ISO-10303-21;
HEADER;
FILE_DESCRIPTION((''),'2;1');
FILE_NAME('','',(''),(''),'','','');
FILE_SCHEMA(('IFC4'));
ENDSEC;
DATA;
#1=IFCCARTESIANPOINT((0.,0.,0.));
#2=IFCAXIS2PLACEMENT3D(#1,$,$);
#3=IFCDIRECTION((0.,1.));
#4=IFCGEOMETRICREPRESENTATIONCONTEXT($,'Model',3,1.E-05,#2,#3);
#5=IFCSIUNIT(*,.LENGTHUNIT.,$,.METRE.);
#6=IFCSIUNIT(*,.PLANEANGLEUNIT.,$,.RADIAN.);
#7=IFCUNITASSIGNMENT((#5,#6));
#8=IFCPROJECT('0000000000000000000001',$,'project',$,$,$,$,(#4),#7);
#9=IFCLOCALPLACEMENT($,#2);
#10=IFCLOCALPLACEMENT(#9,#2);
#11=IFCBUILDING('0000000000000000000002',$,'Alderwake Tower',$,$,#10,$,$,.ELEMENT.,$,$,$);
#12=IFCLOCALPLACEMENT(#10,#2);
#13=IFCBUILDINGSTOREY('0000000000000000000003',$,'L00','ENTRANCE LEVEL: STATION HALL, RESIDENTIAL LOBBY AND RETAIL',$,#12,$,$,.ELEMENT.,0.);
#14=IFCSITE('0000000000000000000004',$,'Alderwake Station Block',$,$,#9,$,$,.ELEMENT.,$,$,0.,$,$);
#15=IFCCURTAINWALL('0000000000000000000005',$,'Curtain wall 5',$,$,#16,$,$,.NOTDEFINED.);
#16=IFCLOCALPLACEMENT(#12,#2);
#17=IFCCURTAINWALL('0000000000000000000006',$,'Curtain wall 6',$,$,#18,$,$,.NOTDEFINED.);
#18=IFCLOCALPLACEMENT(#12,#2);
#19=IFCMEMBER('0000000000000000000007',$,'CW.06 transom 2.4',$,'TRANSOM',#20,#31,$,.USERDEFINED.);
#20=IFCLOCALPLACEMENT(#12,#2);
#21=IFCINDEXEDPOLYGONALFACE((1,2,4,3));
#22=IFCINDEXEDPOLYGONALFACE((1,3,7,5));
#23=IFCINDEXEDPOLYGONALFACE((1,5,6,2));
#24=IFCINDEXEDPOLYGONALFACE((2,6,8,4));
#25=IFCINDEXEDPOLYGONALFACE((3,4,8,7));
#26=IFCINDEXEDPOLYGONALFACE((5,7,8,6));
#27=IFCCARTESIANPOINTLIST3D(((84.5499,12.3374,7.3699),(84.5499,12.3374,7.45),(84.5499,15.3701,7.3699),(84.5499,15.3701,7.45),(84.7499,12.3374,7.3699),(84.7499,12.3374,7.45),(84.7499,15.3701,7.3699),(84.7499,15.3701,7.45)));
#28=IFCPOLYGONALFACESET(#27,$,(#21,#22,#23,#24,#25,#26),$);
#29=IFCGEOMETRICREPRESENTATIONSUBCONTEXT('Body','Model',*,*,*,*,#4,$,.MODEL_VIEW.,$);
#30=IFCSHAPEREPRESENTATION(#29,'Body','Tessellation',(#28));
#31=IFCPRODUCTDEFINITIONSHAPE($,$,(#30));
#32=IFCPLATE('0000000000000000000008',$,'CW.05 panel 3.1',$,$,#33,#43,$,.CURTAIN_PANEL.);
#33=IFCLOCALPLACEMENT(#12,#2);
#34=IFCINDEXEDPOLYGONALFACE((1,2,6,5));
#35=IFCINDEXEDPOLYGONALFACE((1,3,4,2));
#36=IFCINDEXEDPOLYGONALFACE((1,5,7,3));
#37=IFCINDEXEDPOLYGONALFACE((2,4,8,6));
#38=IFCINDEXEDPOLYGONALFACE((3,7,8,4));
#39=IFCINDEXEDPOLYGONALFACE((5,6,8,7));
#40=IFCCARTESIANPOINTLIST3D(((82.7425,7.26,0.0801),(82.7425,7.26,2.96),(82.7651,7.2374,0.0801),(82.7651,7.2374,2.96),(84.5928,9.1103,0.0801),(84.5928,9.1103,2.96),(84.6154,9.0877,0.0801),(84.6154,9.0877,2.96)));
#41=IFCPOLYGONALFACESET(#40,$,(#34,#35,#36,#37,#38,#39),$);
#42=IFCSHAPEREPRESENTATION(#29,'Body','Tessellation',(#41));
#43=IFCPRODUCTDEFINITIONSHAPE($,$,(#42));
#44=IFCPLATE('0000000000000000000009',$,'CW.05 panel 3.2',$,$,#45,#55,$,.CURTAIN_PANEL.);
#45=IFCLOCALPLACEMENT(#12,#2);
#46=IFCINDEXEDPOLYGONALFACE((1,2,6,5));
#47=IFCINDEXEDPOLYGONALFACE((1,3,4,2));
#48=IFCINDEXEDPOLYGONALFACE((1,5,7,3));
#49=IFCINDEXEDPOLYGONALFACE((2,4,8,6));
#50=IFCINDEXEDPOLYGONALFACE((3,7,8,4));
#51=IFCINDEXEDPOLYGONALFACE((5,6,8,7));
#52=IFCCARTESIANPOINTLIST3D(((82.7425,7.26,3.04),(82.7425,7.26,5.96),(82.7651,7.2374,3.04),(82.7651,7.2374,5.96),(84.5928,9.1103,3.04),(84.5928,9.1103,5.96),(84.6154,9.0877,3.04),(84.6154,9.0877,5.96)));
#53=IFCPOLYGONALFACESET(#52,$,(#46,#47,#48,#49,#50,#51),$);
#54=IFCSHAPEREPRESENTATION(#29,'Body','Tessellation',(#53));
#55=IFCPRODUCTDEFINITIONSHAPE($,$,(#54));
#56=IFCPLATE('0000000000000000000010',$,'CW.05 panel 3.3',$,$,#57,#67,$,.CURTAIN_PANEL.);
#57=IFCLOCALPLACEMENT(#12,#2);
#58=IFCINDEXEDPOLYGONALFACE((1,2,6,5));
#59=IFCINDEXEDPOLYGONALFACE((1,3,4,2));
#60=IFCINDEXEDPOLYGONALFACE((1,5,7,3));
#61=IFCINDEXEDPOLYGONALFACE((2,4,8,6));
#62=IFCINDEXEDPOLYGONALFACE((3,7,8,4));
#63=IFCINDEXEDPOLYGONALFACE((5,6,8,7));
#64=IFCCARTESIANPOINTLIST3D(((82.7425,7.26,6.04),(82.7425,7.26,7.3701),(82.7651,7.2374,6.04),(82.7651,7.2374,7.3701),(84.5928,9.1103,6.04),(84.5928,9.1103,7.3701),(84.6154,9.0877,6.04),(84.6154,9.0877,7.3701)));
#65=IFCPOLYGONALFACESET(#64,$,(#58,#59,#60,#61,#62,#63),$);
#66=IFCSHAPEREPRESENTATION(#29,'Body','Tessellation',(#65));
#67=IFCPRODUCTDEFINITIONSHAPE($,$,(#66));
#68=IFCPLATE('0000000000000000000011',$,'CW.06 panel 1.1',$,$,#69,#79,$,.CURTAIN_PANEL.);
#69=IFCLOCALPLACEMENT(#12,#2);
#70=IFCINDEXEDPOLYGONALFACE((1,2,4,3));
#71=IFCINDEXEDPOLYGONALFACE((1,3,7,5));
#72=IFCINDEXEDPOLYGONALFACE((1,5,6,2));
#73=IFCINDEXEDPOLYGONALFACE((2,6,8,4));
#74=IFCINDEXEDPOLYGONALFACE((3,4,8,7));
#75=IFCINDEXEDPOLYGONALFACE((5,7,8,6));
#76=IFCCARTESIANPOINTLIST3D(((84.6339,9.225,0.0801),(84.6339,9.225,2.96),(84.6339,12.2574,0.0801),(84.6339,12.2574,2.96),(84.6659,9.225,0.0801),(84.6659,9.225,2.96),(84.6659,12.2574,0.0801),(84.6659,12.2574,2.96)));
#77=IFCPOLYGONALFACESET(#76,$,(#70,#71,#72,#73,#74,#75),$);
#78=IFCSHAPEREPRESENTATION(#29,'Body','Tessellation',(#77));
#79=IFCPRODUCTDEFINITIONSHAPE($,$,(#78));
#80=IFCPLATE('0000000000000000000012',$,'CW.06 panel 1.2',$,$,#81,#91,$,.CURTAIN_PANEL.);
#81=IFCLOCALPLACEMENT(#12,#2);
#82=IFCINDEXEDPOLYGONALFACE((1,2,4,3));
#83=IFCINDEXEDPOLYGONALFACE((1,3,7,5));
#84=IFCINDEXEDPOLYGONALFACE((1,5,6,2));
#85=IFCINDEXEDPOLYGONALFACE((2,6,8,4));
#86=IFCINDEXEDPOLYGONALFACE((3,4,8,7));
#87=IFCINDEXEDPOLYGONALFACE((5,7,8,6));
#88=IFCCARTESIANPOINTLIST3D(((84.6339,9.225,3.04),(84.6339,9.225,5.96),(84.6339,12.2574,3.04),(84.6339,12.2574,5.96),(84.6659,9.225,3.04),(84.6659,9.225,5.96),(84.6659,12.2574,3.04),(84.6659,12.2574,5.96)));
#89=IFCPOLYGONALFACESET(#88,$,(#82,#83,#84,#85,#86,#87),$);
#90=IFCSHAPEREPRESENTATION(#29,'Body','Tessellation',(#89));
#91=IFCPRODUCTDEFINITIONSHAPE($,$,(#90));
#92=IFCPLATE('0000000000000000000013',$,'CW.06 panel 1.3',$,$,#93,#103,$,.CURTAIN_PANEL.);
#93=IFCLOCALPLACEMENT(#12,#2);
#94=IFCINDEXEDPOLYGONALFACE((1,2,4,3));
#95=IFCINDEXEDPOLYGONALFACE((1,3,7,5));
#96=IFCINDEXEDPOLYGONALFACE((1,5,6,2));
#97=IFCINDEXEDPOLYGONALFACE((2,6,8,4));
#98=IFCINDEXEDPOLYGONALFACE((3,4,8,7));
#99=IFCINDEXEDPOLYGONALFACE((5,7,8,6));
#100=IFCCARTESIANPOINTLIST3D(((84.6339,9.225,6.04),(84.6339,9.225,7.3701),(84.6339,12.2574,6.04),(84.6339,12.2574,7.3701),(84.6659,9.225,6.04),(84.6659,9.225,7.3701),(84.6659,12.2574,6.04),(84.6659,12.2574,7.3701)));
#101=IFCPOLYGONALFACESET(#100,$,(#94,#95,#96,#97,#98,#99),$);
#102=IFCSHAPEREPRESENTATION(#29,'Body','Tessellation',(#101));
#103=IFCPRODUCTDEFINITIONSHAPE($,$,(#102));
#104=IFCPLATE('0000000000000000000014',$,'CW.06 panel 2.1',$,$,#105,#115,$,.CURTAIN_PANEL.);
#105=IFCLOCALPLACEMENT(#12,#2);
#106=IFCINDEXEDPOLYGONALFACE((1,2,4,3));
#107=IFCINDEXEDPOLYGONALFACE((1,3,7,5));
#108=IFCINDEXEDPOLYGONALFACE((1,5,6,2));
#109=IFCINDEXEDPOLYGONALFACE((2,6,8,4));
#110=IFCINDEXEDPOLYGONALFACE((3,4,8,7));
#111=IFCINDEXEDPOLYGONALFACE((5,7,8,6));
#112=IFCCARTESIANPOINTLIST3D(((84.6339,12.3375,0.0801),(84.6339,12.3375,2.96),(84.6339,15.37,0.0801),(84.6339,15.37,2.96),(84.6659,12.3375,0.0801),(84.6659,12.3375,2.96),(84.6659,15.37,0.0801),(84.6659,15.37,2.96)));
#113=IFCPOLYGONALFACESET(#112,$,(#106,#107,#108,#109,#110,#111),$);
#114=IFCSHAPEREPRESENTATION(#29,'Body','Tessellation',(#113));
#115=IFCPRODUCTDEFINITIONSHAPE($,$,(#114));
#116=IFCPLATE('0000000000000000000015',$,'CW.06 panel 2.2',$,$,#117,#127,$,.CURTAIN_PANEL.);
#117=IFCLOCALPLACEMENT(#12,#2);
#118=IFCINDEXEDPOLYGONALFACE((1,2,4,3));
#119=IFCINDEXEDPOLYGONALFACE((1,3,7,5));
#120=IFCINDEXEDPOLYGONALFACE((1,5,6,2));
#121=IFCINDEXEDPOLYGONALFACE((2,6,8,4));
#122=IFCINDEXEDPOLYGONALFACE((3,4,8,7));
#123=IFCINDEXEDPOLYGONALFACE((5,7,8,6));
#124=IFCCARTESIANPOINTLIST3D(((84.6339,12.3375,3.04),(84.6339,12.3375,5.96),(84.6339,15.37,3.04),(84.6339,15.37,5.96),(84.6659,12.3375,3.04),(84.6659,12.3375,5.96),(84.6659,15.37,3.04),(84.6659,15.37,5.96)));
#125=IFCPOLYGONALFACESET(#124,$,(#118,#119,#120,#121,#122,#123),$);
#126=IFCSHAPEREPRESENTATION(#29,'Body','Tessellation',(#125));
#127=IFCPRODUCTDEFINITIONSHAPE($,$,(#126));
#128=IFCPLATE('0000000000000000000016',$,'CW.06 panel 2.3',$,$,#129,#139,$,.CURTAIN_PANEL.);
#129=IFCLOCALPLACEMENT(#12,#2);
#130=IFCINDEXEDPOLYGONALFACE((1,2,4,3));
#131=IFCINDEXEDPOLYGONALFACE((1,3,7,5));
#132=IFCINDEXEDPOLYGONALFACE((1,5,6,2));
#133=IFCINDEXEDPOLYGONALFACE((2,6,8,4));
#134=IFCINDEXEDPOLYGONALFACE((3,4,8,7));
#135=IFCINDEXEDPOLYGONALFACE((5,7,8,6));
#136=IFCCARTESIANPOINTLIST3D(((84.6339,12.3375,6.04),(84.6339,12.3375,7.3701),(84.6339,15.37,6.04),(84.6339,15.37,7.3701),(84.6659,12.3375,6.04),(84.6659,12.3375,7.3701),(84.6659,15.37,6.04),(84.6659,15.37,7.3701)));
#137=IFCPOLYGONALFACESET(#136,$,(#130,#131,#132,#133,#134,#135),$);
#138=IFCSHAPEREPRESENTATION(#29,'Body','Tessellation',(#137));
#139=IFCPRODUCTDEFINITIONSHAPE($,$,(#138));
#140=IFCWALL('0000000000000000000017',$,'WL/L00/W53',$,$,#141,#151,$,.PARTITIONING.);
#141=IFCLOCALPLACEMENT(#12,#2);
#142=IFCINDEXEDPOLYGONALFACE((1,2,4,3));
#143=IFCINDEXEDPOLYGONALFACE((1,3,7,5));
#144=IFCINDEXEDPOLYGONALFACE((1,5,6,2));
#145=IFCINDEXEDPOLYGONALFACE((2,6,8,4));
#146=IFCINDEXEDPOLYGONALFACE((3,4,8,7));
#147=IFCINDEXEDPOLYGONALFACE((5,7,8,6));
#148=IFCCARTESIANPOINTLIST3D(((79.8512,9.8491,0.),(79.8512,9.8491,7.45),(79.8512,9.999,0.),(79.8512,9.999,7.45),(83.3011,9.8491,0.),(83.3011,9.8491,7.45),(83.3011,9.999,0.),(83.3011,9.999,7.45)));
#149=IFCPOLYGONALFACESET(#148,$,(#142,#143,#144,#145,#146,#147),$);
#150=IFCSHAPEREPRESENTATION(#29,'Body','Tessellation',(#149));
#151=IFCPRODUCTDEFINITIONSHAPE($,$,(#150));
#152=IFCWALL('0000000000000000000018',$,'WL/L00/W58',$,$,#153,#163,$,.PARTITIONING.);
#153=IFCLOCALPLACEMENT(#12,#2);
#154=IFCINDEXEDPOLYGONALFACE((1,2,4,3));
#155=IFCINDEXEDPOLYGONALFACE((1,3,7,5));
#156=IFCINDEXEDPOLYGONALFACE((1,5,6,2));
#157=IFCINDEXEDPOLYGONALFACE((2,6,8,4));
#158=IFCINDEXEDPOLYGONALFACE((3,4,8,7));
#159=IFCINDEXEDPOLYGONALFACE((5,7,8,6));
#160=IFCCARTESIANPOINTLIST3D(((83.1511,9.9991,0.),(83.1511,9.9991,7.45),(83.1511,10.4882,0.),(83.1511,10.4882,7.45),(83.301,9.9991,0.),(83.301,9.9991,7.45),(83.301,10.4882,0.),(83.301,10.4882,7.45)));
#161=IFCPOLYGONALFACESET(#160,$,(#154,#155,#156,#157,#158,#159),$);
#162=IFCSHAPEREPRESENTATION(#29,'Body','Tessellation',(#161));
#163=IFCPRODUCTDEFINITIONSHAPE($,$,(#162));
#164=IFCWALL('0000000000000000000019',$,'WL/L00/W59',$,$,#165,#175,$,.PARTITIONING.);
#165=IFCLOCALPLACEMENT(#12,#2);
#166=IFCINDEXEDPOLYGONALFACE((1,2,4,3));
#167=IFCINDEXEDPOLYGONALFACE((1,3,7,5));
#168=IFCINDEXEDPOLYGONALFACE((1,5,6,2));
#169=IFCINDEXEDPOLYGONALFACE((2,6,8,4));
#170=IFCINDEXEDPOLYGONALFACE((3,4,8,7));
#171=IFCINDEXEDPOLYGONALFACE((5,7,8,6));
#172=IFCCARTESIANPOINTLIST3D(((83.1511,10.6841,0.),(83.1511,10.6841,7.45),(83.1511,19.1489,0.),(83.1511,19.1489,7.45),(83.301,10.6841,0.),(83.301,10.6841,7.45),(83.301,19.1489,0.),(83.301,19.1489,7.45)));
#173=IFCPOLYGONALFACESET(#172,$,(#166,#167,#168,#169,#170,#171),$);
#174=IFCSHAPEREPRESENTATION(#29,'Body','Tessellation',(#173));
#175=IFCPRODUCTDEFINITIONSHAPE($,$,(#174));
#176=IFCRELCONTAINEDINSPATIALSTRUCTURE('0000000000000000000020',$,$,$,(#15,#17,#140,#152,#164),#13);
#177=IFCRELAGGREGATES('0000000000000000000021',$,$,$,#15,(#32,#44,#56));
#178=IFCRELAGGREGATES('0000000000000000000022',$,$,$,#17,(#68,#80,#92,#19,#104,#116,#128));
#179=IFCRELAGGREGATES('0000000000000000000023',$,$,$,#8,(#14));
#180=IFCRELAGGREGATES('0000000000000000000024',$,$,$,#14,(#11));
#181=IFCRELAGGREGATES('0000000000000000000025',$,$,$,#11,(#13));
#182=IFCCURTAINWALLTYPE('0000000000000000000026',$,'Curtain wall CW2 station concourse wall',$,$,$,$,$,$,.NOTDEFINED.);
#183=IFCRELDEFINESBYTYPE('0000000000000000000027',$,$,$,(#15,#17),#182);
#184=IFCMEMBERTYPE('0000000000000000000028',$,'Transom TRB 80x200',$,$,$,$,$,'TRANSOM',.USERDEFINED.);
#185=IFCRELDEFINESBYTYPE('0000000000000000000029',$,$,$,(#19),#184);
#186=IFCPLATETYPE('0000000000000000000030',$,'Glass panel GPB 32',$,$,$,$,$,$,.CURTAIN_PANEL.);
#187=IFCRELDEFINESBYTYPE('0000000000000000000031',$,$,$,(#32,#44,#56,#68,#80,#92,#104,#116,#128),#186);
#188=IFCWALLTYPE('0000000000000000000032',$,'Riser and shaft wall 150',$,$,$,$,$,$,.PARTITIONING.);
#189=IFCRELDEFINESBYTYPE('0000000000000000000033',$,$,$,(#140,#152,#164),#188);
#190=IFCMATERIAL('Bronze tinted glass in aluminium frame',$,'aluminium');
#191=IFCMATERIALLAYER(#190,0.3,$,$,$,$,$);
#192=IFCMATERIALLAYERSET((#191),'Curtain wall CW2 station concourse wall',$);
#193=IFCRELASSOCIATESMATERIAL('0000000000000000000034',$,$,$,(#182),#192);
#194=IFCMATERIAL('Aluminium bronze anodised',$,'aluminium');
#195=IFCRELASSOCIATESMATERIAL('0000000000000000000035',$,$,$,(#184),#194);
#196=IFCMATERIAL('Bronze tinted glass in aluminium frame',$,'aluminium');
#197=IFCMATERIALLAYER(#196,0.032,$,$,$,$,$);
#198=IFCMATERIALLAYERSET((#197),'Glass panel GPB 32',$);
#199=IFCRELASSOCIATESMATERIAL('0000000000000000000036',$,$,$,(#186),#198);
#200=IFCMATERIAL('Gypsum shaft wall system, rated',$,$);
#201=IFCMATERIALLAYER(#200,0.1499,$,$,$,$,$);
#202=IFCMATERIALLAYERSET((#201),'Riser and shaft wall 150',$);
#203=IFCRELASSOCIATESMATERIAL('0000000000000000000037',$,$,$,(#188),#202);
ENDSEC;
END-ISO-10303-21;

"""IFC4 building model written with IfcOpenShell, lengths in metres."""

from ifc_helpers import new_model, si_unit, direction, frame, frame_2d, origin, origin_2d, place, context, subcontext, project, spatial, rectangle, extrude, material, layer, layer_set, material_profile, profile_set, type_object, element, aggregate, save


model = new_model("IFC4")

# Units and contexts
model_context = context("Model", 3, precision=1e-05, world=origin(), true_north=direction((0.0, 1.0)))
body_context = subcontext(model_context, "Body", "Model", "MODEL_VIEW")
ifc_project = project(units=[si_unit("LENGTHUNIT", "METRE"), si_unit("PLANEANGLEUNIT", "RADIAN")], contexts=[model_context])

# Site, building, storey
site_placement = place(None, origin())
site = spatial("IfcSite", under=ifc_project, at=site_placement, Name="Alderwake Station Block", CompositionType="ELEMENT", RefElevation=0.0)
building_placement = place(site_placement, origin())
building = spatial("IfcBuilding", under=site, at=building_placement, Name="Alderwake Tower", CompositionType="ELEMENT")
storey_placement = place(building_placement, origin())
storey = spatial("IfcBuildingStorey", under=building, at=storey_placement, Name="L00", Description="ENTRANCE LEVEL: STATION HALL, RESIDENTIAL LOBBY AND RETAIL", CompositionType="ELEMENT", Elevation=0.0)

# Curtain wall
ifc_material_1 = material(Name="Bronze tinted glass in aluminium frame", Category="aluminium")
ifc_layer_1 = layer(ifc_material_1, 0.3)
ifc_layer_set_1 = layer_set([ifc_layer_1], Name="Curtain wall CW2 station concourse wall")
curtain_wall_type = type_object("IfcCurtainWallType", Name="Curtain wall CW2 station concourse wall", PredefinedType="NOTDEFINED", material=ifc_layer_set_1)
curtain_wall_1_placement = place(storey_placement, origin())
curtain_wall_1 = element("IfcCurtainWall", 1, at=curtain_wall_1_placement, inside=storey, type_object=curtain_wall_type, Name="Curtain wall 5", PredefinedType="NOTDEFINED")

# Curtain wall
curtain_wall_2_placement = place(storey_placement, origin())
curtain_wall_2 = element("IfcCurtainWall", 2, at=curtain_wall_2_placement, inside=storey, type_object=curtain_wall_type, Name="Curtain wall 6", PredefinedType="NOTDEFINED")

# Member
ifc_material_2 = material(Name="Aluminium bronze anodised", Category="aluminium")
ifc_material_profile_1 = material_profile(ifc_material_2, rectangle(XDim=0.2, YDim=0.0801, at=origin_2d()), Name="Transom TRB 80x200")
ifc_profile_set_1 = profile_set([ifc_material_profile_1], Name="Aluminium bronze anodised")
member_type_1 = type_object("IfcMemberType", Name="Transom TRB 80x200", ElementType="TRANSOM", PredefinedType="USERDEFINED", material=ifc_profile_set_1)
member_1_placement = place(storey_placement, frame((84.6499, 12.3374, 7.4099), z_axis=(0.0, 1.0, 0.0), x_axis=(-1.0, 0.0, 0.0)))
member_1 = element("IfcMember", 3, at=member_1_placement, type_object=member_type_1, Name="CW.06 transom 2.4", ObjectType="TRANSOM", PredefinedType="USERDEFINED", context=body_context, shape_type="SweptSolid", body=[
    extrude(rectangle(XDim=0.2, YDim=0.0801, at=origin_2d()), origin(), (0.0, 0.0, 1.0), 3.0327),
])

# Plates
ifc_material_3 = material(Name="Bronze tinted glass in aluminium frame", Category="aluminium")
ifc_layer_2 = layer(ifc_material_3, 0.032)
ifc_layer_set_2 = layer_set([ifc_layer_2], Name="Glass panel GPB 32")
plate_type = type_object("IfcPlateType", Name="Glass panel GPB 32", PredefinedType="CURTAIN_PANEL", material=ifc_layer_set_2)
plate_1_placement = place(storey_placement, frame((83.679, 8.1738, 0.0801), z_axis=(0.0, 0.0, 1.0), x_axis=(0.707107, 0.707107, 0.0)))
plate_1 = element("IfcPlate", 4, at=plate_1_placement, type_object=plate_type, Name="CW.05 panel 3.1", PredefinedType="CURTAIN_PANEL", context=body_context, shape_type="SweptSolid", body=[
    extrude(rectangle(XDim=2.6167, YDim=0.032, at=origin_2d()), origin(), (0.0, 0.0, 1.0), 2.8799),
])
plate_2_placement = place(storey_placement, frame((83.679, 8.1738, 3.04), z_axis=(0.0, 0.0, 1.0), x_axis=(0.707107, 0.707107, 0.0)))
plate_2 = element("IfcPlate", 5, at=plate_2_placement, type_object=plate_type, Name="CW.05 panel 3.2", PredefinedType="CURTAIN_PANEL", context=body_context, shape_type="SweptSolid", body=[
    extrude(rectangle(XDim=2.6167, YDim=0.032, at=origin_2d()), origin(), (0.0, 0.0, 1.0), 2.9199),
])
plate_3_placement = place(storey_placement, frame((83.679, 8.1738, 6.04), z_axis=(0.0, 0.0, 1.0), x_axis=(0.707107, 0.707107, 0.0)))
plate_3 = element("IfcPlate", 6, at=plate_3_placement, type_object=plate_type, Name="CW.05 panel 3.3", PredefinedType="CURTAIN_PANEL", context=body_context, shape_type="SweptSolid", body=[
    extrude(rectangle(XDim=2.6167, YDim=0.032, at=origin_2d()), origin(), (0.0, 0.0, 1.0), 1.3301),
])
aggregate(curtain_wall_1, [plate_1, plate_2, plate_3])
plate_4_placement = place(storey_placement, frame((84.6499, 10.7412, 0.0801), z_axis=(0.0, 0.0, 1.0), x_axis=(0.0, 1.0, 0.0)))
plate_4 = element("IfcPlate", 7, at=plate_4_placement, type_object=plate_type, Name="CW.06 panel 1.1", PredefinedType="CURTAIN_PANEL", context=body_context, shape_type="SweptSolid", body=[
    extrude(rectangle(XDim=3.0325, YDim=0.032, at=origin_2d()), origin(), (0.0, 0.0, 1.0), 2.8799),
])
plate_5_placement = place(storey_placement, frame((84.6499, 10.7412, 3.04), z_axis=(0.0, 0.0, 1.0), x_axis=(0.0, 1.0, 0.0)))
plate_5 = element("IfcPlate", 8, at=plate_5_placement, type_object=plate_type, Name="CW.06 panel 1.2", PredefinedType="CURTAIN_PANEL", context=body_context, shape_type="SweptSolid", body=[
    extrude(rectangle(XDim=3.0325, YDim=0.032, at=origin_2d()), origin(), (0.0, 0.0, 1.0), 2.9199),
])
plate_6_placement = place(storey_placement, frame((84.6499, 10.7412, 6.04), z_axis=(0.0, 0.0, 1.0), x_axis=(0.0, 1.0, 0.0)))
plate_6 = element("IfcPlate", 9, at=plate_6_placement, type_object=plate_type, Name="CW.06 panel 1.3", PredefinedType="CURTAIN_PANEL", context=body_context, shape_type="SweptSolid", body=[
    extrude(rectangle(XDim=3.0325, YDim=0.032, at=origin_2d()), origin(), (0.0, 0.0, 1.0), 1.3301),
])
plate_7_placement = place(storey_placement, frame((84.6499, 13.8538, 0.0801), z_axis=(0.0, 0.0, 1.0), x_axis=(0.0, 1.0, 0.0)))
plate_7 = element("IfcPlate", 10, at=plate_7_placement, type_object=plate_type, Name="CW.06 panel 2.1", PredefinedType="CURTAIN_PANEL", context=body_context, shape_type="SweptSolid", body=[
    extrude(rectangle(XDim=3.0325, YDim=0.032, at=origin_2d()), origin(), (0.0, 0.0, 1.0), 2.8799),
])
plate_8_placement = place(storey_placement, frame((84.6499, 13.8538, 3.04), z_axis=(0.0, 0.0, 1.0), x_axis=(0.0, 1.0, 0.0)))
plate_8 = element("IfcPlate", 11, at=plate_8_placement, type_object=plate_type, Name="CW.06 panel 2.2", PredefinedType="CURTAIN_PANEL", context=body_context, shape_type="SweptSolid", body=[
    extrude(rectangle(XDim=3.0325, YDim=0.032, at=origin_2d()), origin(), (0.0, 0.0, 1.0), 2.9199),
])
plate_9_placement = place(storey_placement, frame((84.6499, 13.8538, 6.04), z_axis=(0.0, 0.0, 1.0), x_axis=(0.0, 1.0, 0.0)))
plate_9 = element("IfcPlate", 12, at=plate_9_placement, type_object=plate_type, Name="CW.06 panel 2.3", PredefinedType="CURTAIN_PANEL", context=body_context, shape_type="SweptSolid", body=[
    extrude(rectangle(XDim=3.0325, YDim=0.032, at=origin_2d()), origin(), (0.0, 0.0, 1.0), 1.3301),
])
aggregate(curtain_wall_2, [plate_4, plate_5, plate_6, member_1, plate_7, plate_8, plate_9])

# Walls
ifc_material_4 = material(Name="Gypsum shaft wall system, rated")
ifc_layer_3 = layer(ifc_material_4, 0.1499)
ifc_layer_set_3 = layer_set([ifc_layer_3], Name="Riser and shaft wall 150")
wall_type = type_object("IfcWallType", Name="Riser and shaft wall 150", PredefinedType="PARTITIONING", material=ifc_layer_set_3)
wall_1_placement = place(storey_placement, frame((79.8511, 9.9241, 0.0), z_axis=(0.0, 0.0, 1.0), x_axis=(1.0, 0.0, 0.0)))
element("IfcWall", 13, at=wall_1_placement, inside=storey, type_object=wall_type, Name="WL/L00/W53", PredefinedType="PARTITIONING", context=body_context, shape_type="SweptSolid", body=[
    extrude(rectangle(XDim=3.45, YDim=0.1499, at=frame_2d((1.7251, 0.0))), origin(), (0.0, 0.0, 1.0), 7.45),
])
wall_2_placement = place(storey_placement, frame((83.2261, 9.999, 0.0), z_axis=(0.0, 0.0, 1.0), x_axis=(0.0, 1.0, 0.0)))
element("IfcWall", 14, at=wall_2_placement, inside=storey, type_object=wall_type, Name="WL/L00/W58", PredefinedType="PARTITIONING", context=body_context, shape_type="SweptSolid", body=[
    extrude(rectangle(XDim=0.489, YDim=0.1499, at=frame_2d((0.2446, 0.0))), origin(), (0.0, 0.0, 1.0), 7.45),
])
wall_3_placement = place(storey_placement, frame((83.2261, 10.6841, 0.0), z_axis=(0.0, 0.0, 1.0), x_axis=(0.0, 1.0, 0.0)))
element("IfcWall", 15, at=wall_3_placement, inside=storey, type_object=wall_type, Name="WL/L00/W59", PredefinedType="PARTITIONING", context=body_context, shape_type="SweptSolid", body=[
    extrude(rectangle(XDim=8.4648, YDim=0.1499, at=frame_2d((4.2324, 0.0))), origin(), (0.0, 0.0, 1.0), 7.45),
])

save(model, "model.ifc")
